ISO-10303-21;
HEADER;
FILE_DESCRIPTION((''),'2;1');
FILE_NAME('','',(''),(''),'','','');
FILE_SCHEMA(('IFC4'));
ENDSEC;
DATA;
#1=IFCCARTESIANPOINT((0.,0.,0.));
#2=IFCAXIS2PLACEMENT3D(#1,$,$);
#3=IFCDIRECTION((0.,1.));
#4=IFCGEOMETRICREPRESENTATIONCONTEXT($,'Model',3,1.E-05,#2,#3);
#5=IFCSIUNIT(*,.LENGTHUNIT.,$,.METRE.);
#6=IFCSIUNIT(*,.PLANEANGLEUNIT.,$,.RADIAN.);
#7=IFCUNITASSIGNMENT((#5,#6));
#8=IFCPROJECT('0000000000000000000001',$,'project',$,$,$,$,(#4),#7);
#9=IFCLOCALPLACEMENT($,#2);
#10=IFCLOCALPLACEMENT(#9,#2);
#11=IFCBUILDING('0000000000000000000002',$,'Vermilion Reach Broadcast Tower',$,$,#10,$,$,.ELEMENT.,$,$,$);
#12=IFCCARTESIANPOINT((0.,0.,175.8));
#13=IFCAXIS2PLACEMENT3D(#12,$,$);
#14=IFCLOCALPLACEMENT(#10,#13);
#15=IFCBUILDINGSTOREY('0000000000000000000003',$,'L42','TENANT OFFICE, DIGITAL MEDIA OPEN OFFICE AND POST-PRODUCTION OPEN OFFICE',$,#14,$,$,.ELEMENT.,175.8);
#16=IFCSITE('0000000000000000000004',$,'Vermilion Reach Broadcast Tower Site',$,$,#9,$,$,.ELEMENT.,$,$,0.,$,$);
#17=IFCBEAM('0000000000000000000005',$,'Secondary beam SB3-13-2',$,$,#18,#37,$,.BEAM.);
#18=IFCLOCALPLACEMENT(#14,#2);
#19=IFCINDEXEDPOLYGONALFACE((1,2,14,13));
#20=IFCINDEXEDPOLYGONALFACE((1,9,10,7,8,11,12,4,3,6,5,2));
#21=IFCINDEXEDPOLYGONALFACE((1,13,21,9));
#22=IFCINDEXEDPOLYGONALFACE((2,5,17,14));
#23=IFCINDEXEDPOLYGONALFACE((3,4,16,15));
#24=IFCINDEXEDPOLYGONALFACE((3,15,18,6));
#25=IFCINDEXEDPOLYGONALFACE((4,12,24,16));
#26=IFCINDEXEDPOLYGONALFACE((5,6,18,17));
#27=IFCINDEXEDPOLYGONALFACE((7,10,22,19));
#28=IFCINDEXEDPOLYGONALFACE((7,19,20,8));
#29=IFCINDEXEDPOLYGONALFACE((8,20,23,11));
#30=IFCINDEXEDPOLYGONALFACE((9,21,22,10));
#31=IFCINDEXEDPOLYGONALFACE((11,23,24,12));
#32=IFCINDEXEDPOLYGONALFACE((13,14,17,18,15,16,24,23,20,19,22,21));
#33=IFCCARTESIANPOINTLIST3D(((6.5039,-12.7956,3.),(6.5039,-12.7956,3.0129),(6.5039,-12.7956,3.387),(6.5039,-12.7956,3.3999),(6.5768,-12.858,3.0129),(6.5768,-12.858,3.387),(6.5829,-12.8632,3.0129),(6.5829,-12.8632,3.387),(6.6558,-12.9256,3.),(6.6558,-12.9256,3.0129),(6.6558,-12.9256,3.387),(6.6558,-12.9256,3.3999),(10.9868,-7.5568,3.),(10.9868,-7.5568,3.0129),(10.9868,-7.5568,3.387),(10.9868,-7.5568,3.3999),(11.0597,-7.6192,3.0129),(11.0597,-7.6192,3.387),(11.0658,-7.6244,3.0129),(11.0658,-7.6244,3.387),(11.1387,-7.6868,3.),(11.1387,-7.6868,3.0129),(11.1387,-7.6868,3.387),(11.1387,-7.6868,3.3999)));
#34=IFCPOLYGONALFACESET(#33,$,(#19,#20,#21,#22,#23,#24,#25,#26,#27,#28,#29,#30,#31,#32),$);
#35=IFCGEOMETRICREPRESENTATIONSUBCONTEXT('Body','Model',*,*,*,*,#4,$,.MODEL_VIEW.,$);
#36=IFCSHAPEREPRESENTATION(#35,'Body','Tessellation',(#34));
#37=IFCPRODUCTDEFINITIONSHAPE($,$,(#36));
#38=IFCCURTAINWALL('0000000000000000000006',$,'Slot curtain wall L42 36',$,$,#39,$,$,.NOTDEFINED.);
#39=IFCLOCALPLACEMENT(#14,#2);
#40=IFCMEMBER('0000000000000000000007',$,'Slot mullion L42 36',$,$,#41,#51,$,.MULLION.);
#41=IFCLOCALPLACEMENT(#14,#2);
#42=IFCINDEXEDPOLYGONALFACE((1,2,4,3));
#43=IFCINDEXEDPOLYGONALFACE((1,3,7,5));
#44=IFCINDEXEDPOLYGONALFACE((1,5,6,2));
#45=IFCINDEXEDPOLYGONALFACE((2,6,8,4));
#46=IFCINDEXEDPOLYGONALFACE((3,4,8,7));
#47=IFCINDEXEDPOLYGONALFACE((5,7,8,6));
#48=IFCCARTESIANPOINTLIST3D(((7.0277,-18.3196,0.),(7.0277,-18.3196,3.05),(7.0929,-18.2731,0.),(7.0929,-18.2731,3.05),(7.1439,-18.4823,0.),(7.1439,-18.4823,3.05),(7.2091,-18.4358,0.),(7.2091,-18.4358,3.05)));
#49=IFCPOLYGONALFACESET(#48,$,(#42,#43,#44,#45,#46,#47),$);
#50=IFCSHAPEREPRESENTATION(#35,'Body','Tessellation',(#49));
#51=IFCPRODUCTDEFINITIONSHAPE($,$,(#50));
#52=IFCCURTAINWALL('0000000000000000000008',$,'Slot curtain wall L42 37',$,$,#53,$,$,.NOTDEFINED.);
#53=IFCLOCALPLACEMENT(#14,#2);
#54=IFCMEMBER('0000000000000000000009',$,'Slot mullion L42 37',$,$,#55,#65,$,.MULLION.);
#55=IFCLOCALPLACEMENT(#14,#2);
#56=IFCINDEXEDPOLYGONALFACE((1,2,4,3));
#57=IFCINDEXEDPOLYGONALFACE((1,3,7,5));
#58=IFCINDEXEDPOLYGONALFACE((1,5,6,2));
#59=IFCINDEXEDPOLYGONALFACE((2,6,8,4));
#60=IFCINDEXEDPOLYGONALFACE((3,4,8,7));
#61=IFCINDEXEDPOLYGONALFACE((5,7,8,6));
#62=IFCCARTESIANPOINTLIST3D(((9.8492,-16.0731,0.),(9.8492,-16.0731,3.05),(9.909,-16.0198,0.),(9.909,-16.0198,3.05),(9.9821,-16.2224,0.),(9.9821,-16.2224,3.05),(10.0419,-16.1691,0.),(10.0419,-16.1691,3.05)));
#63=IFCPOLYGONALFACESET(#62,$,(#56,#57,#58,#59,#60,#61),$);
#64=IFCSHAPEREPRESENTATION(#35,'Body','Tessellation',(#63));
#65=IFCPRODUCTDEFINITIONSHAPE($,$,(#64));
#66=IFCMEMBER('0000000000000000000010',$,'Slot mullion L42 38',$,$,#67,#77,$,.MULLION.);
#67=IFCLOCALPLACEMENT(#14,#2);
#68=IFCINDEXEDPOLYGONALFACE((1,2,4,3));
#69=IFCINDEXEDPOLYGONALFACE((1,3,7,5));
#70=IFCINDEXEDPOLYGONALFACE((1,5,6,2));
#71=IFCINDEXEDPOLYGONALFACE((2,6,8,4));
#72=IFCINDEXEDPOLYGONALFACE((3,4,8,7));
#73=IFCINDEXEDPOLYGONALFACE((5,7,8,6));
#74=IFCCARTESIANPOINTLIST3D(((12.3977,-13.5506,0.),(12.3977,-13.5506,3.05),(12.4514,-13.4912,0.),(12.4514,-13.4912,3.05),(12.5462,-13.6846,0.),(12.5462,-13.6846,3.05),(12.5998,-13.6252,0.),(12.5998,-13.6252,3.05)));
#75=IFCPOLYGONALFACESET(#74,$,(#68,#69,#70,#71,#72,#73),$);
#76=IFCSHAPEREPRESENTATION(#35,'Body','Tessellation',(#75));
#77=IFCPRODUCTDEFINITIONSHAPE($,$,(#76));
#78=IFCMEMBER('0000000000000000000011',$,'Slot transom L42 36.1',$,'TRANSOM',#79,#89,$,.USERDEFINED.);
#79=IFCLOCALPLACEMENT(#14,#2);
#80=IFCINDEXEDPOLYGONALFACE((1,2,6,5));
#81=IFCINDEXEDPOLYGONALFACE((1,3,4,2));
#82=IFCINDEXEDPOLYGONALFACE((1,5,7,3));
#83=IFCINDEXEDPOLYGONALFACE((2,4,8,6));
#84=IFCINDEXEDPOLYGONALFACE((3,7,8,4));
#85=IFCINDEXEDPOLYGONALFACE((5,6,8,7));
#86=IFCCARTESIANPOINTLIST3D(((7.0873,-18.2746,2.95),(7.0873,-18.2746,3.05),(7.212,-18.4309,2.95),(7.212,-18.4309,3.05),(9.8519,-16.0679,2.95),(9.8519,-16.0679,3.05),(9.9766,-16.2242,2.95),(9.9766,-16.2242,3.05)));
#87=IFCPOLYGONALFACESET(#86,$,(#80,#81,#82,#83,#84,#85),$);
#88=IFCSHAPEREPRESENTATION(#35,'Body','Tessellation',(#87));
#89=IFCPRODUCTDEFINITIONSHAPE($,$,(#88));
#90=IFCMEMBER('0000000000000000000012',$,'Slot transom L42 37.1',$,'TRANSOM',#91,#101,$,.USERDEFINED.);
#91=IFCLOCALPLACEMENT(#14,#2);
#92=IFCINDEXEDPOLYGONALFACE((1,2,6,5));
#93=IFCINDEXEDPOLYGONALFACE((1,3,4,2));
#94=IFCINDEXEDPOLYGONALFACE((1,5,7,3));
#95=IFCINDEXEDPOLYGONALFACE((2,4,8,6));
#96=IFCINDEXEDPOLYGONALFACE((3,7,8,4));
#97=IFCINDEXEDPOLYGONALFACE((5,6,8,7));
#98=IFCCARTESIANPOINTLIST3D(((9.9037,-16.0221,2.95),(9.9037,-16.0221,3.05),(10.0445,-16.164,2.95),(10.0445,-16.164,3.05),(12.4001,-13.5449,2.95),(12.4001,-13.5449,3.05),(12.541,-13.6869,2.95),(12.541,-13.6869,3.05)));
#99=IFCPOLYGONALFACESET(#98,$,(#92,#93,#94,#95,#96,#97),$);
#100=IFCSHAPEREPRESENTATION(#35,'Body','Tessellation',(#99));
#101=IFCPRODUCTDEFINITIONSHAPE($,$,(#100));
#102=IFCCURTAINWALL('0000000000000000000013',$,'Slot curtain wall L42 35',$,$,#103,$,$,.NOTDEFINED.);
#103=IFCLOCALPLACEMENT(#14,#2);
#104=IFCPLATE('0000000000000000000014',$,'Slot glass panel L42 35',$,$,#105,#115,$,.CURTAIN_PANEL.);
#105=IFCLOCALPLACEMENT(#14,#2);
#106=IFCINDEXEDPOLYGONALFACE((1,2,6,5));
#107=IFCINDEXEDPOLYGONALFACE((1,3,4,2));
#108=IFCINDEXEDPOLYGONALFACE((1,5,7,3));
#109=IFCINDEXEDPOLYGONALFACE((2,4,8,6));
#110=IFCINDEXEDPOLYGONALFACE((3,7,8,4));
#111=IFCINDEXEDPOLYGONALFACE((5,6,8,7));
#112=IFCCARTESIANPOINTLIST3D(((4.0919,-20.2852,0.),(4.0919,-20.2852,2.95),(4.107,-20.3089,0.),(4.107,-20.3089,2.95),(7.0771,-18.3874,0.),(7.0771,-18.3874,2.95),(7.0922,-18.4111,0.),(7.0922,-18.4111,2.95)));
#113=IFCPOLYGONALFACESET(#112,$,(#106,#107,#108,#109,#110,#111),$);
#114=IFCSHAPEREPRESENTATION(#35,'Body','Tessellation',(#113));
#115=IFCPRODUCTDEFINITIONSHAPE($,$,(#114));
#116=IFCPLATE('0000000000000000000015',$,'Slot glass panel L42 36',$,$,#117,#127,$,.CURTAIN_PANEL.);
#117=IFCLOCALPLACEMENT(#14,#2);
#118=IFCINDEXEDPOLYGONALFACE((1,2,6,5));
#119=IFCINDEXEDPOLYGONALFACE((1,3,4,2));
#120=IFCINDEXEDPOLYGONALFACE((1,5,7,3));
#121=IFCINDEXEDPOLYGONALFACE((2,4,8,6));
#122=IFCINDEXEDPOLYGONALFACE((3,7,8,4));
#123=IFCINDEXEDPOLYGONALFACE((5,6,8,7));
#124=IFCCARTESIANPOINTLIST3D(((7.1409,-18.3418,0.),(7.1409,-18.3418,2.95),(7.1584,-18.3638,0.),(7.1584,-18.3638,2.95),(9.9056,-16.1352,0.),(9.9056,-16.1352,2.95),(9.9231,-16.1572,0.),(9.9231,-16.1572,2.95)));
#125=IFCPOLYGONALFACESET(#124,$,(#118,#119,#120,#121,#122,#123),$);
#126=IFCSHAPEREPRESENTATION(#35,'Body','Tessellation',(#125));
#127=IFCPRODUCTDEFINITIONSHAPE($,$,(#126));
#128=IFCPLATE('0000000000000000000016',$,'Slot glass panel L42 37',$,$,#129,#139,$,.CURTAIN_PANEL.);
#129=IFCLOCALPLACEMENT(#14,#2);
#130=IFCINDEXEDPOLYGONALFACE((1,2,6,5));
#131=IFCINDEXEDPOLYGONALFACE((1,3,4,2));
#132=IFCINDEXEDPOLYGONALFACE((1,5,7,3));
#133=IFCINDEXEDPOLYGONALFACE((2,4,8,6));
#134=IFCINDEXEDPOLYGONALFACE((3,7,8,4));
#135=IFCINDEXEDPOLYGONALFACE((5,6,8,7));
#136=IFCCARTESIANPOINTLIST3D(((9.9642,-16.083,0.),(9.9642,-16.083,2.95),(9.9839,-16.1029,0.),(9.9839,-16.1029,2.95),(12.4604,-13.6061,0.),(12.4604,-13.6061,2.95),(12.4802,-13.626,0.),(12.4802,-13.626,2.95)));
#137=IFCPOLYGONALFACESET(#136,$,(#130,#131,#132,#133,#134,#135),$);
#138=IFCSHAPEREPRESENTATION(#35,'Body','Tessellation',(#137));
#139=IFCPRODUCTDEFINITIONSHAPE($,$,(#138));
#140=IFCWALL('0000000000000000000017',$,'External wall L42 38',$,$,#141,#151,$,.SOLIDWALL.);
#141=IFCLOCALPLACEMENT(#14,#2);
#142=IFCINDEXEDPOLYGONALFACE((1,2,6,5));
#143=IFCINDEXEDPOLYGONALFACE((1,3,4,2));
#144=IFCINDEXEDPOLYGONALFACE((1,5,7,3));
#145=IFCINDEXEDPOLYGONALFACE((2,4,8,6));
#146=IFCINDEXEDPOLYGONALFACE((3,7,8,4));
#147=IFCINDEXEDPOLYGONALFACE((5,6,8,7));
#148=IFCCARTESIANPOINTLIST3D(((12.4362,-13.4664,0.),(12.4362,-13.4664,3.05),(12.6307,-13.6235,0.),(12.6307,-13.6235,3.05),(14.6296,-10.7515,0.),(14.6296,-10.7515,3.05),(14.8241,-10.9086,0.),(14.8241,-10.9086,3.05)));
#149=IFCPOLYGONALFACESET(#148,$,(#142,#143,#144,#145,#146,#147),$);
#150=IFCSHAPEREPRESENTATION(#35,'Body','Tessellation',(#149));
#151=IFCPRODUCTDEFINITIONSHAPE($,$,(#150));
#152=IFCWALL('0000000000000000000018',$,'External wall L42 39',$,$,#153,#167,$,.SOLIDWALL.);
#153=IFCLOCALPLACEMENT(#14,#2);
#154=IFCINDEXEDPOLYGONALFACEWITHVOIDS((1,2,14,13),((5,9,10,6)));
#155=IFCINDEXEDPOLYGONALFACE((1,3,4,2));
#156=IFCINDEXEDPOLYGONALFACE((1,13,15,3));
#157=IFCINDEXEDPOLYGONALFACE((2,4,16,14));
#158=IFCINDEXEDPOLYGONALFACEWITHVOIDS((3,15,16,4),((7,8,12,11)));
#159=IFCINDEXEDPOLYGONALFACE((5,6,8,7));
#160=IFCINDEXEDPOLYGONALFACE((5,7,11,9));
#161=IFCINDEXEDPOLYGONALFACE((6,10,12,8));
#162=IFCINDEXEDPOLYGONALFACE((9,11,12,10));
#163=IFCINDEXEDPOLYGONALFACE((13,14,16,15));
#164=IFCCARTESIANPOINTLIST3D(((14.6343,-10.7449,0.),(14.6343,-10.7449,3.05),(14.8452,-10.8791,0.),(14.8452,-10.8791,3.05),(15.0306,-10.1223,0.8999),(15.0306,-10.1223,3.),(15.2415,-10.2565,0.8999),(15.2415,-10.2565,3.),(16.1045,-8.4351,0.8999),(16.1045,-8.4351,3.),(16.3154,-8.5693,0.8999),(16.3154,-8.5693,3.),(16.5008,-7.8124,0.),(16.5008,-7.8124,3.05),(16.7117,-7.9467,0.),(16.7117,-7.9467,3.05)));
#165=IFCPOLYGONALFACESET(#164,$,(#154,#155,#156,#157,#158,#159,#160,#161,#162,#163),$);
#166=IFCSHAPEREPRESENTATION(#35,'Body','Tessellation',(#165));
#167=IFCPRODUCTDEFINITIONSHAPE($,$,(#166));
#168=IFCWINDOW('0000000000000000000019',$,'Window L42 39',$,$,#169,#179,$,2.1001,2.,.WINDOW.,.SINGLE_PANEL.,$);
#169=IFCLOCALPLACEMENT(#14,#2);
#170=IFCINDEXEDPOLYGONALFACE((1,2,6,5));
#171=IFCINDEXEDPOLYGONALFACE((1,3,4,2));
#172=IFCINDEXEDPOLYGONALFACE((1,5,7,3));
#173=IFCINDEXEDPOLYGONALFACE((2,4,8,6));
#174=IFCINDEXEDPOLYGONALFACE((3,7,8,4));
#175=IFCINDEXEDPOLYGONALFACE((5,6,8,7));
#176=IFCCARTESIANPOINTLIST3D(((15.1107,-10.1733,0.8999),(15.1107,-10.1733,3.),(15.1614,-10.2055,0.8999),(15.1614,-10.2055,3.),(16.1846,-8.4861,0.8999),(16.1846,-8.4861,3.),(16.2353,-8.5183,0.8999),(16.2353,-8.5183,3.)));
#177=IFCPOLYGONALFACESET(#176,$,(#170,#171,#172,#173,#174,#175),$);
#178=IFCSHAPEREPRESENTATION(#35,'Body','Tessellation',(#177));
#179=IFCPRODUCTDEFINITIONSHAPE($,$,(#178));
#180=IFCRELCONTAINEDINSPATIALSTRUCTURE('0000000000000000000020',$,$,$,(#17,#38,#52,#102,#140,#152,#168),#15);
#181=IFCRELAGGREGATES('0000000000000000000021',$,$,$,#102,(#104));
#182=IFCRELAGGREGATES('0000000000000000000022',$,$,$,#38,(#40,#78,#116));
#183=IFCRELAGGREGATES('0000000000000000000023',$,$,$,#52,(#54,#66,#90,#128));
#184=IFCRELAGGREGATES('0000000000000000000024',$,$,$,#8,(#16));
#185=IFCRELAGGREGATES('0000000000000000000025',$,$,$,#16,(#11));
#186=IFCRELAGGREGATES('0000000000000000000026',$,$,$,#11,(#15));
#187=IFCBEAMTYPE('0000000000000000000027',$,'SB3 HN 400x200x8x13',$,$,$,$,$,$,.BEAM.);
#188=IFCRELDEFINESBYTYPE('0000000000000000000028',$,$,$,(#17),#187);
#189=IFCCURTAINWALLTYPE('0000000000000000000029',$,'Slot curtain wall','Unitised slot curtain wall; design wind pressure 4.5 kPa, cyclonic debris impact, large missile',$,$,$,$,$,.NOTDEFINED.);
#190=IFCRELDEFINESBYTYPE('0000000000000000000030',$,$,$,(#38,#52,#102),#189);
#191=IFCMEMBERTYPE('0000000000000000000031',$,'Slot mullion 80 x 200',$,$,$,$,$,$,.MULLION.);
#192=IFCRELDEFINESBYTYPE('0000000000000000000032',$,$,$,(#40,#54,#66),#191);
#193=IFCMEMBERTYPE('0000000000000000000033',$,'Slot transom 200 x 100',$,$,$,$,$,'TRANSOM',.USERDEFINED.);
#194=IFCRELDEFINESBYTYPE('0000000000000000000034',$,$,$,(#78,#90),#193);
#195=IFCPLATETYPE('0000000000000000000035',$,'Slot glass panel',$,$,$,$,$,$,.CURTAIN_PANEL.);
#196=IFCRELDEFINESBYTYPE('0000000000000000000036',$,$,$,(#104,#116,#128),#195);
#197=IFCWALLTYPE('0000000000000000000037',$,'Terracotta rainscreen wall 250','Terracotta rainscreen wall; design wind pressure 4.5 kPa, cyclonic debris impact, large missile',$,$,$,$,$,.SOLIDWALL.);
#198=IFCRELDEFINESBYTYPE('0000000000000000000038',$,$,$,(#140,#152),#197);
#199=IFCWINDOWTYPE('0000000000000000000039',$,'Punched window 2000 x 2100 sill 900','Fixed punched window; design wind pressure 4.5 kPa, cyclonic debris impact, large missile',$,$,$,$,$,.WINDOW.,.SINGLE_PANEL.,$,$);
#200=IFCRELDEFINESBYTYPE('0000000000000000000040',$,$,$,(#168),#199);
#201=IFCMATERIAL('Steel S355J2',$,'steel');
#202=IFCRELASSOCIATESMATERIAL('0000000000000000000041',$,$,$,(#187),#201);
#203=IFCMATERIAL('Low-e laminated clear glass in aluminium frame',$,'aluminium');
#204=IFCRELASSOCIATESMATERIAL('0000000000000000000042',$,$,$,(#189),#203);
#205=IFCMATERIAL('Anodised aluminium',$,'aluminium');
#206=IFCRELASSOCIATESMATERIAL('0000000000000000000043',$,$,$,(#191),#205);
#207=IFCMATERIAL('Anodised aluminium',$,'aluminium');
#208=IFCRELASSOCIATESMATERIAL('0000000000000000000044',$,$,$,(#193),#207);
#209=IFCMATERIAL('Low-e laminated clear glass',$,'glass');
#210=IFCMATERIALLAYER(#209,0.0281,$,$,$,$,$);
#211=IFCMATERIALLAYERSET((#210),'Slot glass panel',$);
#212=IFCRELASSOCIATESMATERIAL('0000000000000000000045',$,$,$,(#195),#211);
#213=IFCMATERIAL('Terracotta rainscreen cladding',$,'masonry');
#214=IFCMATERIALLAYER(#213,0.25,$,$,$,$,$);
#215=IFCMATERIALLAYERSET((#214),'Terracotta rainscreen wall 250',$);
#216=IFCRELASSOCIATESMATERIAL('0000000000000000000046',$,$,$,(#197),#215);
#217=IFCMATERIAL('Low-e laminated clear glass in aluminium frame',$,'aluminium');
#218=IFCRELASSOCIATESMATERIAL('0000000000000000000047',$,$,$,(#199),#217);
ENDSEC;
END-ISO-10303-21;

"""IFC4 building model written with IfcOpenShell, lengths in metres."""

from ifc_helpers import new_model, si_unit, direction, frame, frame_2d, origin, origin_2d, place, context, subcontext, project, spatial, rectangle, i_section, extrude, material, layer, layer_set, material_profile, profile_set, type_object, element, fill, aggregate, save


model = new_model("IFC4")

# Units and contexts
model_context = context("Model", 3, precision=1e-05, world=origin(), true_north=direction((0.0, 1.0)))
body_context = subcontext(model_context, "Body", "Model", "MODEL_VIEW")
ifc_project = project(units=[si_unit("LENGTHUNIT", "METRE"), si_unit("PLANEANGLEUNIT", "RADIAN")], contexts=[model_context])

# Site, building, storey
site_placement = place(None, origin())
site = spatial("IfcSite", under=ifc_project, at=site_placement, Name="Vermilion Reach Broadcast Tower Site", CompositionType="ELEMENT", RefElevation=0.0)
building_placement = place(site_placement, origin())
building = spatial("IfcBuilding", under=site, at=building_placement, Name="Vermilion Reach Broadcast Tower", CompositionType="ELEMENT")
storey_placement = place(building_placement, frame((0.0, 0.0, 175.8)))
storey = spatial("IfcBuildingStorey", under=building, at=storey_placement, Name="L42", Description="TENANT OFFICE, DIGITAL MEDIA OPEN OFFICE AND POST-PRODUCTION OPEN OFFICE", CompositionType="ELEMENT", Elevation=175.8)

# Beam
ifc_material_1 = material(Name="Steel S355J2", Category="steel")
ifc_material_profile_1 = material_profile(ifc_material_1, i_section(OverallWidth=0.2, OverallDepth=0.3999, WebThickness=0.0081, FlangeThickness=0.0129, at=origin_2d()), Name="S355J2 HN 400x200x8x13")
ifc_profile_set_1 = profile_set([ifc_material_profile_1], Name="Steel S355J2")
beam_type_1 = type_object("IfcBeamType", Name="SB3 HN 400x200x8x13", PredefinedType="BEAM", material=ifc_profile_set_1)
beam_1_placement = place(storey_placement, frame((6.5798, -12.8606, 3.2), z_axis=(0.650167, 0.759791, 0.0), x_axis=(-0.759791, 0.650167, 0.0)))
element("IfcBeam", 1, at=beam_1_placement, inside=storey, type_object=beam_type_1, Name="Secondary beam SB3-13-2", PredefinedType="BEAM", context=body_context, shape_type="SweptSolid", body=[
    extrude(i_section(OverallWidth=0.2, OverallDepth=0.3999, WebThickness=0.0081, FlangeThickness=0.0129, at=origin_2d()), origin(), (0.0, 0.0, 1.0), 6.895),
])

# Curtain wall, member
ifc_material_2 = material(Name="Low-e laminated clear glass in aluminium frame", Category="aluminium")
curtain_wall_type = type_object("IfcCurtainWallType", Name="Slot curtain wall", Description="Unitised slot curtain wall; design wind pressure 4.5 kPa, cyclonic debris impact, large missile", PredefinedType="NOTDEFINED", material=ifc_material_2)
placement = place(storey_placement, origin())
curtain_wall_1 = element("IfcCurtainWall", 2, at=placement, inside=storey, type_object=curtain_wall_type, Name="Slot curtain wall L42 36", PredefinedType="NOTDEFINED")
ifc_material_3 = material(Name="Anodised aluminium", Category="aluminium")
ifc_material_profile_2 = material_profile(ifc_material_3, rectangle(XDim=0.2, YDim=0.0801, at=origin_2d()), Name="Slot mullion 80 x 200")
ifc_profile_set_2 = profile_set([ifc_material_profile_2], Name="Anodised aluminium")
member_type_1 = type_object("IfcMemberType", Name="Slot mullion 80 x 200", PredefinedType="MULLION", material=ifc_profile_set_2)
member_1_placement = place(storey_placement, frame((7.1184, -18.3777, 0.0), z_axis=(0.0, 0.0, 1.0), x_axis=(-0.580987, 0.813913, 0.0)))
member_1 = element("IfcMember", 3, at=member_1_placement, type_object=member_type_1, Name="Slot mullion L42 36", PredefinedType="MULLION", context=body_context, shape_type="SweptSolid", body=[
    extrude(rectangle(XDim=0.2, YDim=0.0801, at=origin_2d()), origin(), (0.0, 0.0, 1.0), 3.05),
])

# Curtain wall, members
curtain_wall_2 = element("IfcCurtainWall", 4, at=placement, inside=storey, type_object=curtain_wall_type, Name="Slot curtain wall L42 37", PredefinedType="NOTDEFINED")
member_2_placement = place(storey_placement, frame((9.9456, -16.1211, 0.0), z_axis=(0.0, 0.0, 1.0), x_axis=(-0.665047, 0.746801, 0.0)))
member_2 = element("IfcMember", 5, at=member_2_placement, type_object=member_type_1, Name="Slot mullion L42 37", PredefinedType="MULLION", context=body_context, shape_type="SweptSolid", body=[
    extrude(rectangle(XDim=0.2, YDim=0.0801, at=origin_2d()), origin(), (0.0, 0.0, 1.0), 3.05),
])
member_3_placement = place(storey_placement, frame((12.4988, -13.5879, 0.0), z_axis=(0.0, 0.0, 1.0), x_axis=(-0.742222, 0.670155, 0.0)))
member_3 = element("IfcMember", 6, at=member_3_placement, type_object=member_type_1, Name="Slot mullion L42 38", PredefinedType="MULLION", context=body_context, shape_type="SweptSolid", body=[
    extrude(rectangle(XDim=0.2, YDim=0.0801, at=origin_2d()), origin(), (0.0, 0.0, 1.0), 3.05),
])

# Members
ifc_material_4 = material(Name="Anodised aluminium", Category="aluminium")
ifc_material_profile_3 = material_profile(ifc_material_4, rectangle(XDim=0.2, YDim=0.1001, at=origin_2d()), Name="Slot transom 200 x 100")
ifc_profile_set_3 = profile_set([ifc_material_profile_3], Name="Anodised aluminium")
member_type_2 = type_object("IfcMemberType", Name="Slot transom 200 x 100", ElementType="TRANSOM", PredefinedType="USERDEFINED", material=ifc_profile_set_3)
member_4_placement = place(storey_placement, frame((7.1497, -18.3528, 3.0), z_axis=(0.781548, 0.623845, 0.0), x_axis=(-0.623845, 0.781548, 0.0)))
member_4 = element("IfcMember", 7, at=member_4_placement, type_object=member_type_2, Name="Slot transom L42 36.1", ObjectType="TRANSOM", PredefinedType="USERDEFINED", context=body_context, shape_type="SweptSolid", body=[
    extrude(rectangle(XDim=0.2, YDim=0.1001, at=origin_2d()), origin(), (0.0, 0.0, 1.0), 3.5374),
])
member_5_placement = place(storey_placement, frame((9.9741, -16.093, 3.0), z_axis=(0.709844, 0.704359, 0.0), x_axis=(-0.704359, 0.709844, 0.0)))
member_5 = element("IfcMember", 8, at=member_5_placement, type_object=member_type_2, Name="Slot transom L42 37.1", ObjectType="TRANSOM", PredefinedType="USERDEFINED", context=body_context, shape_type="SweptSolid", body=[
    extrude(rectangle(XDim=0.2, YDim=0.1001, at=origin_2d()), origin(), (0.0, 0.0, 1.0), 3.5168),
])

# Curtain wall, plate
curtain_wall_3 = element("IfcCurtainWall", 9, at=placement, inside=storey, type_object=curtain_wall_type, Name="Slot curtain wall L42 35", PredefinedType="NOTDEFINED")
ifc_material_5 = material(Name="Low-e laminated clear glass", Category="glass")
ifc_layer_1 = layer(ifc_material_5, 0.0281)
ifc_layer_set_1 = layer_set([ifc_layer_1], Name="Slot glass panel")
plate_type = type_object("IfcPlateType", Name="Slot glass panel", PredefinedType="CURTAIN_PANEL", material=ifc_layer_set_1)
plate_1_placement = place(storey_placement, frame((5.592, -19.3481, 0.0), z_axis=(0.0, 0.0, 1.0), x_axis=(0.8439, 0.5365, 0.0)))
plate_1 = element("IfcPlate", 10, at=plate_1_placement, type_object=plate_type, Name="Slot glass panel L42 35", PredefinedType="CURTAIN_PANEL", context=body_context, shape_type="SweptSolid", body=[
    extrude(rectangle(XDim=3.5374, YDim=0.0281, at=origin_2d()), origin(), (0.0, 0.0, 1.0), 2.95),
])
aggregate(curtain_wall_3, [plate_1])

# Plates
plate_2_placement = place(storey_placement, frame((8.532, -17.2495, 0.0), z_axis=(0.0, 0.0, 1.0), x_axis=(0.781582, 0.623802, 0.0)))
plate_2 = element("IfcPlate", 11, at=plate_2_placement, type_object=plate_type, Name="Slot glass panel L42 36", PredefinedType="CURTAIN_PANEL", context=body_context, shape_type="SweptSolid", body=[
    extrude(rectangle(XDim=3.5374, YDim=0.0281, at=origin_2d()), origin(), (0.0, 0.0, 1.0), 2.95),
])
aggregate(curtain_wall_1, [member_1, member_4, plate_2])
plate_3_placement = place(storey_placement, frame((11.2222, -14.8545, 0.0), z_axis=(0.0, 0.0, 1.0), x_axis=(0.709847, 0.704356, 0.0)))
plate_3 = element("IfcPlate", 12, at=plate_3_placement, type_object=plate_type, Name="Slot glass panel L42 37", PredefinedType="CURTAIN_PANEL", context=body_context, shape_type="SweptSolid", body=[
    extrude(rectangle(XDim=3.5166, YDim=0.0281, at=origin_2d()), origin(), (0.0, 0.0, 1.0), 2.95),
])
aggregate(curtain_wall_2, [member_2, member_3, member_5, plate_3])

# Wall
ifc_material_6 = material(Name="Terracotta rainscreen cladding", Category="masonry")
ifc_layer_2 = layer(ifc_material_6, 0.25)
ifc_layer_set_2 = layer_set([ifc_layer_2], Name="Terracotta rainscreen wall 250")
wall_type_1 = type_object("IfcWallType", Name="Terracotta rainscreen wall 250", Description="Terracotta rainscreen wall; design wind pressure 4.5 kPa, cyclonic debris impact, large missile", PredefinedType="SOLIDWALL", material=ifc_layer_set_2)
wall_1_placement = place(storey_placement, frame((12.5334, -13.5449, 0.0), z_axis=(0.0, 0.0, 1.0), x_axis=(0.628441, 0.777857, 0.0)))
element("IfcWall", 13, at=wall_1_placement, inside=storey, type_object=wall_type_1, Name="External wall L42 38", PredefinedType="SOLIDWALL", context=body_context, shape_type="SweptSolid", body=[
    extrude(rectangle(XDim=3.4902, YDim=0.25, at=frame_2d((1.7451, 0.0))), origin(), (0.0, 0.0, 1.0), 3.05),
])

# Wall, opening, window
wall_2_placement = place(storey_placement, frame((14.7397, -10.812, 0.0), z_axis=(0.0, 0.0, 1.0), x_axis=(0.536957, 0.843609, 0.0)))
wall_2 = element("IfcWall", 14, at=wall_2_placement, inside=storey, type_object=wall_type_1, Name="External wall L42 39", PredefinedType="SOLIDWALL", context=body_context, shape_type="SweptSolid", body=[
    extrude(rectangle(XDim=3.4761, YDim=0.25, at=frame_2d((1.738, 0.0))), origin(), (0.0, 0.0, 1.0), 3.05),
])
opening_1_placement = place(wall_2_placement, frame((0.738, 0.0, 0.8999)))
opening_1 = element("IfcOpeningElement", 15, at=opening_1_placement, cuts=wall_2, PredefinedType="OPENING", context=body_context, shape_type="SweptSolid", body=[
    extrude(rectangle(XDim=2.0, YDim=2.1001, at=frame_2d((1.0, 1.05))), frame((0.0, 0.135, 0.0), z_axis=(0.0, -1.0, 0.0), x_axis=(1.0, 0.0, 0.0)), (0.0, 0.0, 1.0), 0.27),
])
ifc_material_7 = material(Name="Low-e laminated clear glass in aluminium frame", Category="aluminium")
window_type = type_object("IfcWindowType", Name="Punched window 2000 x 2100 sill 900", Description="Fixed punched window; design wind pressure 4.5 kPa, cyclonic debris impact, large missile", PartitioningType="SINGLE_PANEL", PredefinedType="WINDOW", material=ifc_material_7)
window_placement = place(opening_1_placement, origin())
window = element("IfcWindow", 16, at=window_placement, inside=storey, type_object=window_type, Name="Window L42 39", OverallHeight=2.1001, OverallWidth=2.0, PartitioningType="SINGLE_PANEL", PredefinedType="WINDOW", context=body_context, shape_type="SweptSolid", body=[
    extrude(rectangle(XDim=2.0, YDim=2.1001, at=frame_2d((1.0, 1.05))), frame((0.0, 0.03, 0.0), z_axis=(0.0, -1.0, 0.0), x_axis=(1.0, 0.0, 0.0)), (0.0, 0.0, 1.0), 0.0601),
])
fill(opening_1, window)

save(model, "model.ifc")
